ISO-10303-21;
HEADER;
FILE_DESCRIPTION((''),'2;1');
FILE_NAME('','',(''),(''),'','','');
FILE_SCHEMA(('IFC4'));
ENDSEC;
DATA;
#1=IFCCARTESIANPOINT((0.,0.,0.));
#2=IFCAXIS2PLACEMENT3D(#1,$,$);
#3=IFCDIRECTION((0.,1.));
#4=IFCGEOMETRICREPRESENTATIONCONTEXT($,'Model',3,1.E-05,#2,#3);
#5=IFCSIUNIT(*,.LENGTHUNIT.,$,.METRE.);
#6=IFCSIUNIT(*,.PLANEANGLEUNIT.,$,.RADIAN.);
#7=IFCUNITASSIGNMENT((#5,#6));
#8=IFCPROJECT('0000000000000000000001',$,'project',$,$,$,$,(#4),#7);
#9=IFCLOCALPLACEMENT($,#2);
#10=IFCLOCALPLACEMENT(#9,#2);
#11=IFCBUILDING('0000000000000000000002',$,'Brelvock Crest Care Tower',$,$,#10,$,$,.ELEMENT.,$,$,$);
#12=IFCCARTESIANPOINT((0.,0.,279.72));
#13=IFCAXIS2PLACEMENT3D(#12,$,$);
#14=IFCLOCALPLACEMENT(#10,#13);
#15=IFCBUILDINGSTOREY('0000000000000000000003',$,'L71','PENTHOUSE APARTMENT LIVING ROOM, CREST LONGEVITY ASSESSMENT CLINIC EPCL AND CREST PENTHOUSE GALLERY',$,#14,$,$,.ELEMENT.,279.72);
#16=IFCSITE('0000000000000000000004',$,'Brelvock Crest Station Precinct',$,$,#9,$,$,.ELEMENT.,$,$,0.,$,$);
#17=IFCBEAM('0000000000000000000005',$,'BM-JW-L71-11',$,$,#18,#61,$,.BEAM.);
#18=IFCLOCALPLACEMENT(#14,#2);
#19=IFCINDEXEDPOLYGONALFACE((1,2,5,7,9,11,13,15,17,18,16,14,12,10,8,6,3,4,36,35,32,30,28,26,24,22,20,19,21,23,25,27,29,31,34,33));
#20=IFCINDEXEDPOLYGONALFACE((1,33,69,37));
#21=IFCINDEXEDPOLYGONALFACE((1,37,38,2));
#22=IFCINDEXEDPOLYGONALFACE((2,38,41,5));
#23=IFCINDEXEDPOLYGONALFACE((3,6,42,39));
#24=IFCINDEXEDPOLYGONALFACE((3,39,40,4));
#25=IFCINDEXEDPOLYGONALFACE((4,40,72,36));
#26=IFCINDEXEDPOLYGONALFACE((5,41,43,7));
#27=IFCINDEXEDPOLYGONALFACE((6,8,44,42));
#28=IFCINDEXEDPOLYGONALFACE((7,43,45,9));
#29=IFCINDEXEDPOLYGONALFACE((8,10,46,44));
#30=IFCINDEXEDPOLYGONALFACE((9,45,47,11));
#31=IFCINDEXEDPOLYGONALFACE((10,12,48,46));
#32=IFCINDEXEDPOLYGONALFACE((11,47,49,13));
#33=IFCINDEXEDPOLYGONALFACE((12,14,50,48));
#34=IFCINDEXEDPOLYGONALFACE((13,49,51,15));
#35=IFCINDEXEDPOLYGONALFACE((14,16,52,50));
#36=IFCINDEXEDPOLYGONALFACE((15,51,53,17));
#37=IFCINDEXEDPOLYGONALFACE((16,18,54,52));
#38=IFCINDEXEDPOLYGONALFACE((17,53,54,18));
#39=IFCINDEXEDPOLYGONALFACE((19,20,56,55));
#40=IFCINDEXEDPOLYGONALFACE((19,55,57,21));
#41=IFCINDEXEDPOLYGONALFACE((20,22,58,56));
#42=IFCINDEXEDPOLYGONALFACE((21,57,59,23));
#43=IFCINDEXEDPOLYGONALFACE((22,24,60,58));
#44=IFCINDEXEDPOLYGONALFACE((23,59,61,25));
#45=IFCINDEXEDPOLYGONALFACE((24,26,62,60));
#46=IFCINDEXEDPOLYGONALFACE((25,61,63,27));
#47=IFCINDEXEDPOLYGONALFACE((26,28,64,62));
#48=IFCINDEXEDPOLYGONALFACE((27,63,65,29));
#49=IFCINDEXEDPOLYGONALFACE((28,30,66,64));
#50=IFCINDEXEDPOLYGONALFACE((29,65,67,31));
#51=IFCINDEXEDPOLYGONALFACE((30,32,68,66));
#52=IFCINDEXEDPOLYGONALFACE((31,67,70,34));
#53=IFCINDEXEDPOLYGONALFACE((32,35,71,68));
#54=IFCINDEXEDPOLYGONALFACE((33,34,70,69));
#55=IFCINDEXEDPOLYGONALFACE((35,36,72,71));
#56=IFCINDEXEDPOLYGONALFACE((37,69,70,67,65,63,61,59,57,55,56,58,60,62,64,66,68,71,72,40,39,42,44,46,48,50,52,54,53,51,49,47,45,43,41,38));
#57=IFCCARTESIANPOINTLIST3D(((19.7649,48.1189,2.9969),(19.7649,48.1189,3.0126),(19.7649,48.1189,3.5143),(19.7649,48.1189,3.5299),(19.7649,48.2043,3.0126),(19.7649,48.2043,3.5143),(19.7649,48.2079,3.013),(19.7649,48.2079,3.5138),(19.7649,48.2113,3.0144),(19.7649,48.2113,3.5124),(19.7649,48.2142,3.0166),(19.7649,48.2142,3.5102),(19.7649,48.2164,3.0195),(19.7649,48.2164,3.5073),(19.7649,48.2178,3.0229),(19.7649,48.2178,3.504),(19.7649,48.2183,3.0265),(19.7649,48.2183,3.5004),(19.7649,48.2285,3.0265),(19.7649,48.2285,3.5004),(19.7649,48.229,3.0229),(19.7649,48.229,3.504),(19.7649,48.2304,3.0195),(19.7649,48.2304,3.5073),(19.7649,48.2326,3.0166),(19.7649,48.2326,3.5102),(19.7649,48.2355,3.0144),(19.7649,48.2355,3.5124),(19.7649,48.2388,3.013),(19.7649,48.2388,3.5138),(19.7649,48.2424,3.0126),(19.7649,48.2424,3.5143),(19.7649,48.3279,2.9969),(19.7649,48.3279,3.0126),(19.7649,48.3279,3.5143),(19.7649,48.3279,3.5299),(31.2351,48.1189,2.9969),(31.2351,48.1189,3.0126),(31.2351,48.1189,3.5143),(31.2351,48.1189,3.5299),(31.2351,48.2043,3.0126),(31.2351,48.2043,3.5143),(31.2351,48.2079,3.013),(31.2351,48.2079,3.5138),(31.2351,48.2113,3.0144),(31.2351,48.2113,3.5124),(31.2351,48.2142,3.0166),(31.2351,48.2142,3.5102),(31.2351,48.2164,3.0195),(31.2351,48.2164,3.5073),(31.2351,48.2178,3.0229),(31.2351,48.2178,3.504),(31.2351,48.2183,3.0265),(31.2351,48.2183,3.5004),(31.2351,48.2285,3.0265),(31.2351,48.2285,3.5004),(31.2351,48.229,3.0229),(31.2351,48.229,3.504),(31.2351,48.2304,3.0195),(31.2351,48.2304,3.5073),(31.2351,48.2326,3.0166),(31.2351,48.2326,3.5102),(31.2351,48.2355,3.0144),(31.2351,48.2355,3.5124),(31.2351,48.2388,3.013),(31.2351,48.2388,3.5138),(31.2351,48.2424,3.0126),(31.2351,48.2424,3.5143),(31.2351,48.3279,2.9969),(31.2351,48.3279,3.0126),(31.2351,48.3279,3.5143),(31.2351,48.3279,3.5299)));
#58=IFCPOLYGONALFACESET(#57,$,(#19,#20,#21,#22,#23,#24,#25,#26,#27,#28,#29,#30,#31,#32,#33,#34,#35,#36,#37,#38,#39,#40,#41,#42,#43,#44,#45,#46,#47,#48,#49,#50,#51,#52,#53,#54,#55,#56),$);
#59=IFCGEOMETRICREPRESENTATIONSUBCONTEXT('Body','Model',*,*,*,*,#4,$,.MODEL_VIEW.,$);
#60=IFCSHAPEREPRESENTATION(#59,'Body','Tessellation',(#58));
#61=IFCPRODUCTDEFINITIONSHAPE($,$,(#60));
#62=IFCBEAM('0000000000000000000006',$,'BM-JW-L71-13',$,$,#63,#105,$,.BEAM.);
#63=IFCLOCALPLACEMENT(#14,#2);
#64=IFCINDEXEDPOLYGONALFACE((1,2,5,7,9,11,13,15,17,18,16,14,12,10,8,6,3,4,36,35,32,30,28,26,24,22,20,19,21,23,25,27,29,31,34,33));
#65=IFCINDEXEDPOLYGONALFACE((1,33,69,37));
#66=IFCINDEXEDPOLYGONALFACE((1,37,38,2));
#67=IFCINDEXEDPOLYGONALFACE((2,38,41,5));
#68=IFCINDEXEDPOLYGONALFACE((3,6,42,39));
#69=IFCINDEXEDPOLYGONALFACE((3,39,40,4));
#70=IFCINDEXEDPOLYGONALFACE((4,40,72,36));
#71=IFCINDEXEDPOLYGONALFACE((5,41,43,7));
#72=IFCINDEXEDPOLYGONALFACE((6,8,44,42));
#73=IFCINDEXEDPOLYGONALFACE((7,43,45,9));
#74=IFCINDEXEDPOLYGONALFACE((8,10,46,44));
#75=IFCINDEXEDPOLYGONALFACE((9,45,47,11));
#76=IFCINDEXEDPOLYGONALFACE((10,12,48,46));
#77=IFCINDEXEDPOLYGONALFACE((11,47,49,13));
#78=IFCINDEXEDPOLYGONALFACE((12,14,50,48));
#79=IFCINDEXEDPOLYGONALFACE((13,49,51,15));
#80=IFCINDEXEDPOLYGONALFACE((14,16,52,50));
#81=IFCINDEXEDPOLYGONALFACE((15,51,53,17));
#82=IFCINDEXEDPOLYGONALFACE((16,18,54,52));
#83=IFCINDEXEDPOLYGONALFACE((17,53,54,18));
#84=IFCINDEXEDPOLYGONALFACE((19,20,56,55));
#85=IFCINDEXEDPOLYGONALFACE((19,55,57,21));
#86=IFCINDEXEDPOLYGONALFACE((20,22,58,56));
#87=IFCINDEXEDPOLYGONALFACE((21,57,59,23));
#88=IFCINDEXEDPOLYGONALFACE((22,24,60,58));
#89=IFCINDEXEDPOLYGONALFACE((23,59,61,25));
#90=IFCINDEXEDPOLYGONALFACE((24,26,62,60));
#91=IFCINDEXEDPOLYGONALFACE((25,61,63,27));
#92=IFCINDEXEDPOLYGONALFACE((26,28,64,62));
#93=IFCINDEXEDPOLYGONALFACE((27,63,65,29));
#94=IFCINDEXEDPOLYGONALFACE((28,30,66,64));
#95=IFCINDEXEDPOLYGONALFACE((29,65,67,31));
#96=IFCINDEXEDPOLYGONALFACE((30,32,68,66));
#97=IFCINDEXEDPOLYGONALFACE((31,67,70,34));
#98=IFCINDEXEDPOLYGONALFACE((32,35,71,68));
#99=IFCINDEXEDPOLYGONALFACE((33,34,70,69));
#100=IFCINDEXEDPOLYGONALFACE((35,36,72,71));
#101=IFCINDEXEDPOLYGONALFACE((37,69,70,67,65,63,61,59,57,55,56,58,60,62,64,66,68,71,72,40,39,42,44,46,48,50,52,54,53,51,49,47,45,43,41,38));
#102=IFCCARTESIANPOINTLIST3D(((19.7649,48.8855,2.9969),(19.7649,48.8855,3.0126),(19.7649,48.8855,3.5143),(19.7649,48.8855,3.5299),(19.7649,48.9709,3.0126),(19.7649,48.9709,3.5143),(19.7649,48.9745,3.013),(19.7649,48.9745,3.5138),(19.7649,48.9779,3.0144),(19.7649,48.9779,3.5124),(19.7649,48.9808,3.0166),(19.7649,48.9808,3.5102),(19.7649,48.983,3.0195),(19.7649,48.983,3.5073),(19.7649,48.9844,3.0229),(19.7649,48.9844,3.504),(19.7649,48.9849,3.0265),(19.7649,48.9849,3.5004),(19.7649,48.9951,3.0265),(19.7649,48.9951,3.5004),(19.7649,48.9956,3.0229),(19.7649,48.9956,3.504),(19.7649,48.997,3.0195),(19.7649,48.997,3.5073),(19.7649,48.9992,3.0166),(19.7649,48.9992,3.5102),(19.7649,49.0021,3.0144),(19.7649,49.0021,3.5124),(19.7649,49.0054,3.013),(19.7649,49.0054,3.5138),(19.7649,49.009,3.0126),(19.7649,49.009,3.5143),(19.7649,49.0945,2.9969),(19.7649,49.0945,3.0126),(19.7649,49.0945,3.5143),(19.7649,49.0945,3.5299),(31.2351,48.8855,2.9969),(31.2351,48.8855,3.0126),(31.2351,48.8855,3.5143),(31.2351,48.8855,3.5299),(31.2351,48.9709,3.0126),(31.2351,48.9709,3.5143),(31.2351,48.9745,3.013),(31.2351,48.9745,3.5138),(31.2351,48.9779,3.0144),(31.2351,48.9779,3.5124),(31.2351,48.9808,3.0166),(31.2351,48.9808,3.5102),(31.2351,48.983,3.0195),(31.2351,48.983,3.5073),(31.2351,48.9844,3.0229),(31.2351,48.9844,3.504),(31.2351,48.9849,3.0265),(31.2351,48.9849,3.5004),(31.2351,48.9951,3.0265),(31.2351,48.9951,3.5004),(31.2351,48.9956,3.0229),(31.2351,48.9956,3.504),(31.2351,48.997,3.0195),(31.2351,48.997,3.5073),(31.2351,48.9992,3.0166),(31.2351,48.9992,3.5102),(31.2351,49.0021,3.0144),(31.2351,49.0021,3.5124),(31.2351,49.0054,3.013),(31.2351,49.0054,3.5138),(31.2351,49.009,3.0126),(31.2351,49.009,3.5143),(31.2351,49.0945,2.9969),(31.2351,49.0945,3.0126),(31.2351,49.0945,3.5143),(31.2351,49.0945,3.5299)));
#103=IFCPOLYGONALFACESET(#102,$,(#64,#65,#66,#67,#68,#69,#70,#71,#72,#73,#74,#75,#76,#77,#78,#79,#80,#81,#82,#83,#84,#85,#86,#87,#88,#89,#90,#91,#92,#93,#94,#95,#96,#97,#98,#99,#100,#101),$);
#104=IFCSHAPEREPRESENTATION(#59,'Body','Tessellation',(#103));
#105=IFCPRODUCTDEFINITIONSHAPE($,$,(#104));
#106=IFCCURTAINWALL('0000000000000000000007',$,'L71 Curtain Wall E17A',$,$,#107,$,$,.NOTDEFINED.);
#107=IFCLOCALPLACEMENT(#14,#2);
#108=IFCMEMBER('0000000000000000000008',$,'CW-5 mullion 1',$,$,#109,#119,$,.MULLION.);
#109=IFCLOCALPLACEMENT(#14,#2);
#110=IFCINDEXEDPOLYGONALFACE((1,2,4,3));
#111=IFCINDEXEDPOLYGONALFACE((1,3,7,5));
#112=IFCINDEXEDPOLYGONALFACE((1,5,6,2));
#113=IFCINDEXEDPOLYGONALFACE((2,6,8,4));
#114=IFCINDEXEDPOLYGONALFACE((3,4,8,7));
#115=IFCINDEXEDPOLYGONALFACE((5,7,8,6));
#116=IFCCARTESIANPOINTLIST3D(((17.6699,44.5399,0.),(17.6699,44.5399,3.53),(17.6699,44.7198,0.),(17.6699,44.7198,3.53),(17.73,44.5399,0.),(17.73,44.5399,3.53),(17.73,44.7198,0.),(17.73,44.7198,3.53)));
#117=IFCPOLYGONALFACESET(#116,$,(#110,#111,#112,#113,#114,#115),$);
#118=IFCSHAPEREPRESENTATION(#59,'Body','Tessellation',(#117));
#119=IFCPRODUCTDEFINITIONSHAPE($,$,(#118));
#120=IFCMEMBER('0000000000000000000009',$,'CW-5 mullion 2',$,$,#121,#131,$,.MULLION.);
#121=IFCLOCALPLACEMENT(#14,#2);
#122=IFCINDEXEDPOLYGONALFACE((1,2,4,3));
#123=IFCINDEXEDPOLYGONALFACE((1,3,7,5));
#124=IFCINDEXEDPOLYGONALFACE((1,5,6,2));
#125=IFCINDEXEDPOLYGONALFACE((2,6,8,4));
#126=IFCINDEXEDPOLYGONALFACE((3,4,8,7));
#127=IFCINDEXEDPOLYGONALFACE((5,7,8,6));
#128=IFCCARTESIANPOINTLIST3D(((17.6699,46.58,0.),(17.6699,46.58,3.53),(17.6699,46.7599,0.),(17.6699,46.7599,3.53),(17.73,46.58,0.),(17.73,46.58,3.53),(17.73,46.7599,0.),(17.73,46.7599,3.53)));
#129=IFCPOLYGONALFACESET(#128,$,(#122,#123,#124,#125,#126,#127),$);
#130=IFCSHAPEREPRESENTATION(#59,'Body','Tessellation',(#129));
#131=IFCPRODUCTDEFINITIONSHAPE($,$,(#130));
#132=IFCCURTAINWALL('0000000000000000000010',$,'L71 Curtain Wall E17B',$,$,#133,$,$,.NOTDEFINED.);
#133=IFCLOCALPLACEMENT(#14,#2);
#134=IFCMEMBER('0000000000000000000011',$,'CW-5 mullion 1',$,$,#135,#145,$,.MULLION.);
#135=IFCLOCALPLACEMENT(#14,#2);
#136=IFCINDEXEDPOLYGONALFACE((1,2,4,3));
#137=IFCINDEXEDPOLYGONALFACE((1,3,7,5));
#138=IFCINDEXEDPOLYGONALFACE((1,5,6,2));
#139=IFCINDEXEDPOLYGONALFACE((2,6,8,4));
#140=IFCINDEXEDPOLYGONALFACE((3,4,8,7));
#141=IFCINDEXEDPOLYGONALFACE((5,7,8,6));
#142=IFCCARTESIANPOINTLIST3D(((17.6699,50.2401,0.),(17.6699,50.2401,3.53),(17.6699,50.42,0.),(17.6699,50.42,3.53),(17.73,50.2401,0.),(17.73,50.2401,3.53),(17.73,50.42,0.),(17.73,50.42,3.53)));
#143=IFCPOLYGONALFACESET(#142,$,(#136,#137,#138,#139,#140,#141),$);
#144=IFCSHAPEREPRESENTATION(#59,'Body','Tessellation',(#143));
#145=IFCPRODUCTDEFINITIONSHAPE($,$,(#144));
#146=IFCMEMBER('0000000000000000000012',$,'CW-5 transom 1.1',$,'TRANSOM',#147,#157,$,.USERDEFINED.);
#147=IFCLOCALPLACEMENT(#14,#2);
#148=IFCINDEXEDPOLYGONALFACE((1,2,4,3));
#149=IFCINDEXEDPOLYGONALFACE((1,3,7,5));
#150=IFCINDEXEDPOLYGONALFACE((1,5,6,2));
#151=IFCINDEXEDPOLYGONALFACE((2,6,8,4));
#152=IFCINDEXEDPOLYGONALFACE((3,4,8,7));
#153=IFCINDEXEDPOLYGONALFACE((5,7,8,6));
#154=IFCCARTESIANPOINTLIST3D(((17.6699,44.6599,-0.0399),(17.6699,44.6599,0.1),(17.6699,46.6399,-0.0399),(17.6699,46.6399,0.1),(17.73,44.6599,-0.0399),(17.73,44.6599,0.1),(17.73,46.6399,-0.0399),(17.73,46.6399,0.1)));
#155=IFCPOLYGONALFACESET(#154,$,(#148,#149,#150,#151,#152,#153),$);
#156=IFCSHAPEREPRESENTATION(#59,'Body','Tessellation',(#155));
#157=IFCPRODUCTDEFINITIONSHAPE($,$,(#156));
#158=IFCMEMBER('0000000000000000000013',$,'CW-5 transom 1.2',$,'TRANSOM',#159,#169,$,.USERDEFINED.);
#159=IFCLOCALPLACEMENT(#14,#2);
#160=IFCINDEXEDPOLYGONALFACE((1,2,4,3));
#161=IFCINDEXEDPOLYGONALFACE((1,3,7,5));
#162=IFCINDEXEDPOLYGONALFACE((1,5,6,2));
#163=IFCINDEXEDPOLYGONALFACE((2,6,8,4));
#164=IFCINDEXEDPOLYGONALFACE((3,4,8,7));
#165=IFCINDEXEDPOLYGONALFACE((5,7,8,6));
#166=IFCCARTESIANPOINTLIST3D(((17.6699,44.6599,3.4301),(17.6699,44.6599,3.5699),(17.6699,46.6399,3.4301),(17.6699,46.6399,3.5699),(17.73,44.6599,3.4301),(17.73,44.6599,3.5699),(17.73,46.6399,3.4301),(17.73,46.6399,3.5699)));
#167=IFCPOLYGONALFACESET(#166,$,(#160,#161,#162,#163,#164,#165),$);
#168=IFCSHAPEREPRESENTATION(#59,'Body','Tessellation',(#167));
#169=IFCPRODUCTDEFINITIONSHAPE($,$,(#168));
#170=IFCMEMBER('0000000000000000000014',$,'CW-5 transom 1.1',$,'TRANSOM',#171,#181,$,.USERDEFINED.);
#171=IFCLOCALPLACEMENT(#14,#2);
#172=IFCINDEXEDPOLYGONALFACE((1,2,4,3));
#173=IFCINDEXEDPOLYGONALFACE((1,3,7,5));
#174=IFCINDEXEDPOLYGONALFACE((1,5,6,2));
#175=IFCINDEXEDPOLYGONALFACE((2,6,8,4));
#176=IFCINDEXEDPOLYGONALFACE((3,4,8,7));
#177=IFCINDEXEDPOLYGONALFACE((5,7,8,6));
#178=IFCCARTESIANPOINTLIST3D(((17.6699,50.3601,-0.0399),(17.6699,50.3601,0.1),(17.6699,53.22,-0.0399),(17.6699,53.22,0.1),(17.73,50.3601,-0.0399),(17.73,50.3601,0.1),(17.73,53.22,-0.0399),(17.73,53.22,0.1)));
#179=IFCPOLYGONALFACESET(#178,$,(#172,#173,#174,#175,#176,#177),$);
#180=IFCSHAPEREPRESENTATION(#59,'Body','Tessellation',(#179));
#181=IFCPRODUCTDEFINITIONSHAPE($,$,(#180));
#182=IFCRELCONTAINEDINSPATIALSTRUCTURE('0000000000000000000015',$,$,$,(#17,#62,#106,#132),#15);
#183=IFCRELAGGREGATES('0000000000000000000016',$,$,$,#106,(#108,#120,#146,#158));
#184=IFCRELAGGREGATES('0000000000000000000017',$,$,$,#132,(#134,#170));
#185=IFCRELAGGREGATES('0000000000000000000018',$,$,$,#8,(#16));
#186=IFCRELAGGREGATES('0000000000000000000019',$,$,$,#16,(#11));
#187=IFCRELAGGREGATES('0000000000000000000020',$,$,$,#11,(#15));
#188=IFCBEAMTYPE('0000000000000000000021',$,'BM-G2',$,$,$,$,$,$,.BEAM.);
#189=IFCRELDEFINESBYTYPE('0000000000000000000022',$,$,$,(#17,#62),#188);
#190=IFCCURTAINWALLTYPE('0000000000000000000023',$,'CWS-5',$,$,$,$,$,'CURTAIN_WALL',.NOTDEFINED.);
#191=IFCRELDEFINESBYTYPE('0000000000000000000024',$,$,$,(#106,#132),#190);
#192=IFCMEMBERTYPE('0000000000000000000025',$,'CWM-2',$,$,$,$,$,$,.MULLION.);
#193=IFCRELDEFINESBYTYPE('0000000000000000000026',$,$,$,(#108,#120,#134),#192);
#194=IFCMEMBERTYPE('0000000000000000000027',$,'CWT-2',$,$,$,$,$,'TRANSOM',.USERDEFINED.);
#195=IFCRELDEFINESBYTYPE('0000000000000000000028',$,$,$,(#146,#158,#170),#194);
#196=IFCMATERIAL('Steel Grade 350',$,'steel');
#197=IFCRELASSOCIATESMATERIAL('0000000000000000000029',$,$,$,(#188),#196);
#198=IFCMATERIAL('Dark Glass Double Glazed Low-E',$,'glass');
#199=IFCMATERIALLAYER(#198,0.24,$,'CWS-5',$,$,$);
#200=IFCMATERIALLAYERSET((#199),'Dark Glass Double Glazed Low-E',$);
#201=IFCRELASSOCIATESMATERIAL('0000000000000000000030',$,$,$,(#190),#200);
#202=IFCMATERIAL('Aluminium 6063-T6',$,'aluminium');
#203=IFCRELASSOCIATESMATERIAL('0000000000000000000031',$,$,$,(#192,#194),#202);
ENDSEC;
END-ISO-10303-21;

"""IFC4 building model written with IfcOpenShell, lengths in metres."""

from ifc_helpers import new_model, si_unit, direction, frame, origin, origin_2d, place, context, subcontext, project, spatial, rectangle, i_section, extrude, source, transform, mapped, material, layer, layer_set, material_profile, profile_set, type_object, element, aggregate, save


model = new_model("IFC4")

# Units and contexts
model_context = context("Model", 3, precision=1e-05, world=origin(), true_north=direction((0.0, 1.0)))
body_context = subcontext(model_context, "Body", "Model", "MODEL_VIEW")
ifc_project = project(units=[si_unit("LENGTHUNIT", "METRE"), si_unit("PLANEANGLEUNIT", "RADIAN")], contexts=[model_context])

# Site, building, storey
site_placement = place(None, origin())
site = spatial("IfcSite", under=ifc_project, at=site_placement, Name="Brelvock Crest Station Precinct", CompositionType="ELEMENT", RefElevation=0.0)
building_placement = place(site_placement, origin())
building = spatial("IfcBuilding", under=site, at=building_placement, Name="Brelvock Crest Care Tower", CompositionType="ELEMENT")
storey_placement = place(building_placement, frame((0.0, 0.0, 279.72)))
storey = spatial("IfcBuildingStorey", under=building, at=storey_placement, Name="L71", Description="PENTHOUSE APARTMENT LIVING ROOM, CREST LONGEVITY ASSESSMENT CLINIC EPCL AND CREST PENTHOUSE GALLERY", CompositionType="ELEMENT", Elevation=279.72)

# Beams
ifc_material_1 = material(Name="Steel Grade 350", Category="steel")
ifc_material_profile_1 = material_profile(ifc_material_1, i_section(OverallWidth=0.209, OverallDepth=0.533, WebThickness=0.0103, FlangeThickness=0.0156, FilletRadius=0.0139, at=origin_2d()), Name="530UB92.4")
ifc_profile_set_1 = profile_set([ifc_material_profile_1], Name="Steel Grade 350")
beam_type_1 = type_object("IfcBeamType", Name="BM-G2", PredefinedType="BEAM", material=ifc_profile_set_1)
shared_shape_1 = source(origin(), body_context, "Body", "SweptSolid", [
    extrude(i_section(OverallWidth=0.209, OverallDepth=0.533, WebThickness=0.0103, FlangeThickness=0.0156, FilletRadius=0.0139, at=origin_2d()), origin(), (0.0, 0.0, 1.0), 11.4702),
])
for number, where, z_axis, x_axis, name in (
    (1, (19.7649, 48.2234, 3.2634), (1.0, 0.0, 0.0), (0.0, 1.0, 0.0), "BM-JW-L71-11"),
    (2, (19.7649, 48.99, 3.2634), (1.0, 0.0, 0.0), (0.0, 1.0, 0.0), "BM-JW-L71-13"),
):
    element("IfcBeam", number, at=place(storey_placement, frame(where, z_axis=z_axis, x_axis=x_axis)), inside=storey, type_object=beam_type_1, Name=name, PredefinedType="BEAM", context=body_context, shape_type="MappedRepresentation", body=[
        mapped(shared_shape_1, transform((0.0, 0.0, 0.0), x_axis=(1.0, 0.0, 0.0), y_axis=(0.0, 1.0, 0.0), z_axis=(0.0, 0.0, 1.0), scale=1.0)),
    ])

# Curtain wall, members
ifc_material_2 = material(Name="Dark Glass Double Glazed Low-E", Category="glass")
ifc_layer_1 = layer(ifc_material_2, 0.24, Name="CWS-5")
ifc_layer_set_1 = layer_set([ifc_layer_1], Name="Dark Glass Double Glazed Low-E")
curtain_wall_type = type_object("IfcCurtainWallType", Name="CWS-5", ElementType="CURTAIN_WALL", PredefinedType="NOTDEFINED", material=ifc_layer_set_1)
curtain_wall_1_placement = place(storey_placement, origin())
curtain_wall_1 = element("IfcCurtainWall", 3, at=curtain_wall_1_placement, inside=storey, type_object=curtain_wall_type, Name="L71 Curtain Wall E17A", PredefinedType="NOTDEFINED")
ifc_material_3 = material(Name="Aluminium 6063-T6", Category="aluminium")
ifc_material_profile_2 = material_profile(ifc_material_3, rectangle(XDim=0.0601, YDim=0.1799, at=origin_2d()), Name="ALU60x180")
ifc_profile_set_2 = profile_set([ifc_material_profile_2], Name="Aluminium 6063-T6")
member_type_1 = type_object("IfcMemberType", Name="CWM-2", PredefinedType="MULLION", material=ifc_profile_set_2)
shared_shape_2 = source(origin(), body_context, "Body", "SweptSolid", [
    extrude(rectangle(XDim=0.0601, YDim=0.1799, at=origin_2d()), origin(), (0.0, 0.0, 1.0), 3.53),
])
member_1_placement = place(storey_placement, frame((17.7, 44.6299, 0.0), z_axis=(0.0, 0.0, 1.0), x_axis=(-1.0, 0.0, 0.0)))
member_1 = element("IfcMember", 4, at=member_1_placement, type_object=member_type_1, Name="CW-5 mullion 1", PredefinedType="MULLION", context=body_context, shape_type="MappedRepresentation", body=[
    mapped(shared_shape_2, transform((0.0, 0.0, 0.0), x_axis=(1.0, 0.0, 0.0), y_axis=(0.0, 1.0, 0.0), z_axis=(0.0, 0.0, 1.0), scale=1.0)),
])
member_2_placement = place(storey_placement, frame((17.7, 46.6699, 0.0), z_axis=(0.0, 0.0, 1.0), x_axis=(-1.0, 0.0, 0.0)))
member_2 = element("IfcMember", 5, at=member_2_placement, type_object=member_type_1, Name="CW-5 mullion 2", PredefinedType="MULLION", context=body_context, shape_type="MappedRepresentation", body=[
    mapped(shared_shape_2, transform((0.0, 0.0, 0.0), x_axis=(1.0, 0.0, 0.0), y_axis=(0.0, 1.0, 0.0), z_axis=(0.0, 0.0, 1.0), scale=1.0)),
])

# Curtain wall, member
curtain_wall_2_placement = place(storey_placement, origin())
curtain_wall_2 = element("IfcCurtainWall", 6, at=curtain_wall_2_placement, inside=storey, type_object=curtain_wall_type, Name="L71 Curtain Wall E17B", PredefinedType="NOTDEFINED")
member_3_placement = place(storey_placement, frame((17.7, 50.3301, 0.0), z_axis=(0.0, 0.0, 1.0), x_axis=(-1.0, 0.0, 0.0)))
member_3 = element("IfcMember", 7, at=member_3_placement, type_object=member_type_1, Name="CW-5 mullion 1", PredefinedType="MULLION", context=body_context, shape_type="MappedRepresentation", body=[
    mapped(shared_shape_2, transform((0.0, 0.0, 0.0), x_axis=(1.0, 0.0, 0.0), y_axis=(0.0, 1.0, 0.0), z_axis=(0.0, 0.0, 1.0), scale=1.0)),
])

# Members
ifc_material_profile_3 = material_profile(ifc_material_3, rectangle(XDim=0.0601, YDim=0.1399, at=origin_2d()), Name="ALU60x140")
ifc_profile_set_3 = profile_set([ifc_material_profile_3], Name="Aluminium 6063-T6")
member_type_2 = type_object("IfcMemberType", Name="CWT-2", ElementType="TRANSOM", PredefinedType="USERDEFINED", material=ifc_profile_set_3)
shared_shape_3 = source(origin(), body_context, "Body", "SweptSolid", [
    extrude(rectangle(XDim=0.0601, YDim=0.1399, at=origin_2d()), origin(), (0.0, 0.0, 1.0), 1.98),
])
member_4_placement = place(storey_placement, frame((17.7, 44.6599, 0.03), z_axis=(0.0, 1.0, 0.0), x_axis=(-1.0, 0.0, 0.0)))
member_4 = element("IfcMember", 8, at=member_4_placement, type_object=member_type_2, Name="CW-5 transom 1.1", ObjectType="TRANSOM", PredefinedType="USERDEFINED", context=body_context, shape_type="MappedRepresentation", body=[
    mapped(shared_shape_3, transform((0.0, 0.0, 0.0), x_axis=(1.0, 0.0, 0.0), y_axis=(0.0, 1.0, 0.0), z_axis=(0.0, 0.0, 1.0), scale=1.0)),
])
member_5_placement = place(storey_placement, frame((17.7, 44.6599, 3.5), z_axis=(0.0, 1.0, 0.0), x_axis=(-1.0, 0.0, 0.0)))
member_5 = element("IfcMember", 9, at=member_5_placement, type_object=member_type_2, Name="CW-5 transom 1.2", ObjectType="TRANSOM", PredefinedType="USERDEFINED", context=body_context, shape_type="MappedRepresentation", body=[
    mapped(shared_shape_3, transform((0.0, 0.0, 0.0), x_axis=(1.0, 0.0, 0.0), y_axis=(0.0, 1.0, 0.0), z_axis=(0.0, 0.0, 1.0), scale=1.0)),
])
shared_shape_4 = source(origin(), body_context, "Body", "SweptSolid", [
    extrude(rectangle(XDim=0.0601, YDim=0.1399, at=origin_2d()), origin(), (0.0, 0.0, 1.0), 2.8599),
])
member_6_placement = place(storey_placement, frame((17.7, 50.3601, 0.03), z_axis=(0.0, 1.0, 0.0), x_axis=(-1.0, 0.0, 0.0)))
member_6 = element("IfcMember", 10, at=member_6_placement, type_object=member_type_2, Name="CW-5 transom 1.1", ObjectType="TRANSOM", PredefinedType="USERDEFINED", context=body_context, shape_type="MappedRepresentation", body=[
    mapped(shared_shape_4, transform((0.0, 0.0, 0.0), x_axis=(1.0, 0.0, 0.0), y_axis=(0.0, 1.0, 0.0), z_axis=(0.0, 0.0, 1.0), scale=1.0)),
])

aggregate(curtain_wall_1, [member_1, member_2, member_4, member_5])
aggregate(curtain_wall_2, [member_3, member_6])

save(model, "model.ifc")
